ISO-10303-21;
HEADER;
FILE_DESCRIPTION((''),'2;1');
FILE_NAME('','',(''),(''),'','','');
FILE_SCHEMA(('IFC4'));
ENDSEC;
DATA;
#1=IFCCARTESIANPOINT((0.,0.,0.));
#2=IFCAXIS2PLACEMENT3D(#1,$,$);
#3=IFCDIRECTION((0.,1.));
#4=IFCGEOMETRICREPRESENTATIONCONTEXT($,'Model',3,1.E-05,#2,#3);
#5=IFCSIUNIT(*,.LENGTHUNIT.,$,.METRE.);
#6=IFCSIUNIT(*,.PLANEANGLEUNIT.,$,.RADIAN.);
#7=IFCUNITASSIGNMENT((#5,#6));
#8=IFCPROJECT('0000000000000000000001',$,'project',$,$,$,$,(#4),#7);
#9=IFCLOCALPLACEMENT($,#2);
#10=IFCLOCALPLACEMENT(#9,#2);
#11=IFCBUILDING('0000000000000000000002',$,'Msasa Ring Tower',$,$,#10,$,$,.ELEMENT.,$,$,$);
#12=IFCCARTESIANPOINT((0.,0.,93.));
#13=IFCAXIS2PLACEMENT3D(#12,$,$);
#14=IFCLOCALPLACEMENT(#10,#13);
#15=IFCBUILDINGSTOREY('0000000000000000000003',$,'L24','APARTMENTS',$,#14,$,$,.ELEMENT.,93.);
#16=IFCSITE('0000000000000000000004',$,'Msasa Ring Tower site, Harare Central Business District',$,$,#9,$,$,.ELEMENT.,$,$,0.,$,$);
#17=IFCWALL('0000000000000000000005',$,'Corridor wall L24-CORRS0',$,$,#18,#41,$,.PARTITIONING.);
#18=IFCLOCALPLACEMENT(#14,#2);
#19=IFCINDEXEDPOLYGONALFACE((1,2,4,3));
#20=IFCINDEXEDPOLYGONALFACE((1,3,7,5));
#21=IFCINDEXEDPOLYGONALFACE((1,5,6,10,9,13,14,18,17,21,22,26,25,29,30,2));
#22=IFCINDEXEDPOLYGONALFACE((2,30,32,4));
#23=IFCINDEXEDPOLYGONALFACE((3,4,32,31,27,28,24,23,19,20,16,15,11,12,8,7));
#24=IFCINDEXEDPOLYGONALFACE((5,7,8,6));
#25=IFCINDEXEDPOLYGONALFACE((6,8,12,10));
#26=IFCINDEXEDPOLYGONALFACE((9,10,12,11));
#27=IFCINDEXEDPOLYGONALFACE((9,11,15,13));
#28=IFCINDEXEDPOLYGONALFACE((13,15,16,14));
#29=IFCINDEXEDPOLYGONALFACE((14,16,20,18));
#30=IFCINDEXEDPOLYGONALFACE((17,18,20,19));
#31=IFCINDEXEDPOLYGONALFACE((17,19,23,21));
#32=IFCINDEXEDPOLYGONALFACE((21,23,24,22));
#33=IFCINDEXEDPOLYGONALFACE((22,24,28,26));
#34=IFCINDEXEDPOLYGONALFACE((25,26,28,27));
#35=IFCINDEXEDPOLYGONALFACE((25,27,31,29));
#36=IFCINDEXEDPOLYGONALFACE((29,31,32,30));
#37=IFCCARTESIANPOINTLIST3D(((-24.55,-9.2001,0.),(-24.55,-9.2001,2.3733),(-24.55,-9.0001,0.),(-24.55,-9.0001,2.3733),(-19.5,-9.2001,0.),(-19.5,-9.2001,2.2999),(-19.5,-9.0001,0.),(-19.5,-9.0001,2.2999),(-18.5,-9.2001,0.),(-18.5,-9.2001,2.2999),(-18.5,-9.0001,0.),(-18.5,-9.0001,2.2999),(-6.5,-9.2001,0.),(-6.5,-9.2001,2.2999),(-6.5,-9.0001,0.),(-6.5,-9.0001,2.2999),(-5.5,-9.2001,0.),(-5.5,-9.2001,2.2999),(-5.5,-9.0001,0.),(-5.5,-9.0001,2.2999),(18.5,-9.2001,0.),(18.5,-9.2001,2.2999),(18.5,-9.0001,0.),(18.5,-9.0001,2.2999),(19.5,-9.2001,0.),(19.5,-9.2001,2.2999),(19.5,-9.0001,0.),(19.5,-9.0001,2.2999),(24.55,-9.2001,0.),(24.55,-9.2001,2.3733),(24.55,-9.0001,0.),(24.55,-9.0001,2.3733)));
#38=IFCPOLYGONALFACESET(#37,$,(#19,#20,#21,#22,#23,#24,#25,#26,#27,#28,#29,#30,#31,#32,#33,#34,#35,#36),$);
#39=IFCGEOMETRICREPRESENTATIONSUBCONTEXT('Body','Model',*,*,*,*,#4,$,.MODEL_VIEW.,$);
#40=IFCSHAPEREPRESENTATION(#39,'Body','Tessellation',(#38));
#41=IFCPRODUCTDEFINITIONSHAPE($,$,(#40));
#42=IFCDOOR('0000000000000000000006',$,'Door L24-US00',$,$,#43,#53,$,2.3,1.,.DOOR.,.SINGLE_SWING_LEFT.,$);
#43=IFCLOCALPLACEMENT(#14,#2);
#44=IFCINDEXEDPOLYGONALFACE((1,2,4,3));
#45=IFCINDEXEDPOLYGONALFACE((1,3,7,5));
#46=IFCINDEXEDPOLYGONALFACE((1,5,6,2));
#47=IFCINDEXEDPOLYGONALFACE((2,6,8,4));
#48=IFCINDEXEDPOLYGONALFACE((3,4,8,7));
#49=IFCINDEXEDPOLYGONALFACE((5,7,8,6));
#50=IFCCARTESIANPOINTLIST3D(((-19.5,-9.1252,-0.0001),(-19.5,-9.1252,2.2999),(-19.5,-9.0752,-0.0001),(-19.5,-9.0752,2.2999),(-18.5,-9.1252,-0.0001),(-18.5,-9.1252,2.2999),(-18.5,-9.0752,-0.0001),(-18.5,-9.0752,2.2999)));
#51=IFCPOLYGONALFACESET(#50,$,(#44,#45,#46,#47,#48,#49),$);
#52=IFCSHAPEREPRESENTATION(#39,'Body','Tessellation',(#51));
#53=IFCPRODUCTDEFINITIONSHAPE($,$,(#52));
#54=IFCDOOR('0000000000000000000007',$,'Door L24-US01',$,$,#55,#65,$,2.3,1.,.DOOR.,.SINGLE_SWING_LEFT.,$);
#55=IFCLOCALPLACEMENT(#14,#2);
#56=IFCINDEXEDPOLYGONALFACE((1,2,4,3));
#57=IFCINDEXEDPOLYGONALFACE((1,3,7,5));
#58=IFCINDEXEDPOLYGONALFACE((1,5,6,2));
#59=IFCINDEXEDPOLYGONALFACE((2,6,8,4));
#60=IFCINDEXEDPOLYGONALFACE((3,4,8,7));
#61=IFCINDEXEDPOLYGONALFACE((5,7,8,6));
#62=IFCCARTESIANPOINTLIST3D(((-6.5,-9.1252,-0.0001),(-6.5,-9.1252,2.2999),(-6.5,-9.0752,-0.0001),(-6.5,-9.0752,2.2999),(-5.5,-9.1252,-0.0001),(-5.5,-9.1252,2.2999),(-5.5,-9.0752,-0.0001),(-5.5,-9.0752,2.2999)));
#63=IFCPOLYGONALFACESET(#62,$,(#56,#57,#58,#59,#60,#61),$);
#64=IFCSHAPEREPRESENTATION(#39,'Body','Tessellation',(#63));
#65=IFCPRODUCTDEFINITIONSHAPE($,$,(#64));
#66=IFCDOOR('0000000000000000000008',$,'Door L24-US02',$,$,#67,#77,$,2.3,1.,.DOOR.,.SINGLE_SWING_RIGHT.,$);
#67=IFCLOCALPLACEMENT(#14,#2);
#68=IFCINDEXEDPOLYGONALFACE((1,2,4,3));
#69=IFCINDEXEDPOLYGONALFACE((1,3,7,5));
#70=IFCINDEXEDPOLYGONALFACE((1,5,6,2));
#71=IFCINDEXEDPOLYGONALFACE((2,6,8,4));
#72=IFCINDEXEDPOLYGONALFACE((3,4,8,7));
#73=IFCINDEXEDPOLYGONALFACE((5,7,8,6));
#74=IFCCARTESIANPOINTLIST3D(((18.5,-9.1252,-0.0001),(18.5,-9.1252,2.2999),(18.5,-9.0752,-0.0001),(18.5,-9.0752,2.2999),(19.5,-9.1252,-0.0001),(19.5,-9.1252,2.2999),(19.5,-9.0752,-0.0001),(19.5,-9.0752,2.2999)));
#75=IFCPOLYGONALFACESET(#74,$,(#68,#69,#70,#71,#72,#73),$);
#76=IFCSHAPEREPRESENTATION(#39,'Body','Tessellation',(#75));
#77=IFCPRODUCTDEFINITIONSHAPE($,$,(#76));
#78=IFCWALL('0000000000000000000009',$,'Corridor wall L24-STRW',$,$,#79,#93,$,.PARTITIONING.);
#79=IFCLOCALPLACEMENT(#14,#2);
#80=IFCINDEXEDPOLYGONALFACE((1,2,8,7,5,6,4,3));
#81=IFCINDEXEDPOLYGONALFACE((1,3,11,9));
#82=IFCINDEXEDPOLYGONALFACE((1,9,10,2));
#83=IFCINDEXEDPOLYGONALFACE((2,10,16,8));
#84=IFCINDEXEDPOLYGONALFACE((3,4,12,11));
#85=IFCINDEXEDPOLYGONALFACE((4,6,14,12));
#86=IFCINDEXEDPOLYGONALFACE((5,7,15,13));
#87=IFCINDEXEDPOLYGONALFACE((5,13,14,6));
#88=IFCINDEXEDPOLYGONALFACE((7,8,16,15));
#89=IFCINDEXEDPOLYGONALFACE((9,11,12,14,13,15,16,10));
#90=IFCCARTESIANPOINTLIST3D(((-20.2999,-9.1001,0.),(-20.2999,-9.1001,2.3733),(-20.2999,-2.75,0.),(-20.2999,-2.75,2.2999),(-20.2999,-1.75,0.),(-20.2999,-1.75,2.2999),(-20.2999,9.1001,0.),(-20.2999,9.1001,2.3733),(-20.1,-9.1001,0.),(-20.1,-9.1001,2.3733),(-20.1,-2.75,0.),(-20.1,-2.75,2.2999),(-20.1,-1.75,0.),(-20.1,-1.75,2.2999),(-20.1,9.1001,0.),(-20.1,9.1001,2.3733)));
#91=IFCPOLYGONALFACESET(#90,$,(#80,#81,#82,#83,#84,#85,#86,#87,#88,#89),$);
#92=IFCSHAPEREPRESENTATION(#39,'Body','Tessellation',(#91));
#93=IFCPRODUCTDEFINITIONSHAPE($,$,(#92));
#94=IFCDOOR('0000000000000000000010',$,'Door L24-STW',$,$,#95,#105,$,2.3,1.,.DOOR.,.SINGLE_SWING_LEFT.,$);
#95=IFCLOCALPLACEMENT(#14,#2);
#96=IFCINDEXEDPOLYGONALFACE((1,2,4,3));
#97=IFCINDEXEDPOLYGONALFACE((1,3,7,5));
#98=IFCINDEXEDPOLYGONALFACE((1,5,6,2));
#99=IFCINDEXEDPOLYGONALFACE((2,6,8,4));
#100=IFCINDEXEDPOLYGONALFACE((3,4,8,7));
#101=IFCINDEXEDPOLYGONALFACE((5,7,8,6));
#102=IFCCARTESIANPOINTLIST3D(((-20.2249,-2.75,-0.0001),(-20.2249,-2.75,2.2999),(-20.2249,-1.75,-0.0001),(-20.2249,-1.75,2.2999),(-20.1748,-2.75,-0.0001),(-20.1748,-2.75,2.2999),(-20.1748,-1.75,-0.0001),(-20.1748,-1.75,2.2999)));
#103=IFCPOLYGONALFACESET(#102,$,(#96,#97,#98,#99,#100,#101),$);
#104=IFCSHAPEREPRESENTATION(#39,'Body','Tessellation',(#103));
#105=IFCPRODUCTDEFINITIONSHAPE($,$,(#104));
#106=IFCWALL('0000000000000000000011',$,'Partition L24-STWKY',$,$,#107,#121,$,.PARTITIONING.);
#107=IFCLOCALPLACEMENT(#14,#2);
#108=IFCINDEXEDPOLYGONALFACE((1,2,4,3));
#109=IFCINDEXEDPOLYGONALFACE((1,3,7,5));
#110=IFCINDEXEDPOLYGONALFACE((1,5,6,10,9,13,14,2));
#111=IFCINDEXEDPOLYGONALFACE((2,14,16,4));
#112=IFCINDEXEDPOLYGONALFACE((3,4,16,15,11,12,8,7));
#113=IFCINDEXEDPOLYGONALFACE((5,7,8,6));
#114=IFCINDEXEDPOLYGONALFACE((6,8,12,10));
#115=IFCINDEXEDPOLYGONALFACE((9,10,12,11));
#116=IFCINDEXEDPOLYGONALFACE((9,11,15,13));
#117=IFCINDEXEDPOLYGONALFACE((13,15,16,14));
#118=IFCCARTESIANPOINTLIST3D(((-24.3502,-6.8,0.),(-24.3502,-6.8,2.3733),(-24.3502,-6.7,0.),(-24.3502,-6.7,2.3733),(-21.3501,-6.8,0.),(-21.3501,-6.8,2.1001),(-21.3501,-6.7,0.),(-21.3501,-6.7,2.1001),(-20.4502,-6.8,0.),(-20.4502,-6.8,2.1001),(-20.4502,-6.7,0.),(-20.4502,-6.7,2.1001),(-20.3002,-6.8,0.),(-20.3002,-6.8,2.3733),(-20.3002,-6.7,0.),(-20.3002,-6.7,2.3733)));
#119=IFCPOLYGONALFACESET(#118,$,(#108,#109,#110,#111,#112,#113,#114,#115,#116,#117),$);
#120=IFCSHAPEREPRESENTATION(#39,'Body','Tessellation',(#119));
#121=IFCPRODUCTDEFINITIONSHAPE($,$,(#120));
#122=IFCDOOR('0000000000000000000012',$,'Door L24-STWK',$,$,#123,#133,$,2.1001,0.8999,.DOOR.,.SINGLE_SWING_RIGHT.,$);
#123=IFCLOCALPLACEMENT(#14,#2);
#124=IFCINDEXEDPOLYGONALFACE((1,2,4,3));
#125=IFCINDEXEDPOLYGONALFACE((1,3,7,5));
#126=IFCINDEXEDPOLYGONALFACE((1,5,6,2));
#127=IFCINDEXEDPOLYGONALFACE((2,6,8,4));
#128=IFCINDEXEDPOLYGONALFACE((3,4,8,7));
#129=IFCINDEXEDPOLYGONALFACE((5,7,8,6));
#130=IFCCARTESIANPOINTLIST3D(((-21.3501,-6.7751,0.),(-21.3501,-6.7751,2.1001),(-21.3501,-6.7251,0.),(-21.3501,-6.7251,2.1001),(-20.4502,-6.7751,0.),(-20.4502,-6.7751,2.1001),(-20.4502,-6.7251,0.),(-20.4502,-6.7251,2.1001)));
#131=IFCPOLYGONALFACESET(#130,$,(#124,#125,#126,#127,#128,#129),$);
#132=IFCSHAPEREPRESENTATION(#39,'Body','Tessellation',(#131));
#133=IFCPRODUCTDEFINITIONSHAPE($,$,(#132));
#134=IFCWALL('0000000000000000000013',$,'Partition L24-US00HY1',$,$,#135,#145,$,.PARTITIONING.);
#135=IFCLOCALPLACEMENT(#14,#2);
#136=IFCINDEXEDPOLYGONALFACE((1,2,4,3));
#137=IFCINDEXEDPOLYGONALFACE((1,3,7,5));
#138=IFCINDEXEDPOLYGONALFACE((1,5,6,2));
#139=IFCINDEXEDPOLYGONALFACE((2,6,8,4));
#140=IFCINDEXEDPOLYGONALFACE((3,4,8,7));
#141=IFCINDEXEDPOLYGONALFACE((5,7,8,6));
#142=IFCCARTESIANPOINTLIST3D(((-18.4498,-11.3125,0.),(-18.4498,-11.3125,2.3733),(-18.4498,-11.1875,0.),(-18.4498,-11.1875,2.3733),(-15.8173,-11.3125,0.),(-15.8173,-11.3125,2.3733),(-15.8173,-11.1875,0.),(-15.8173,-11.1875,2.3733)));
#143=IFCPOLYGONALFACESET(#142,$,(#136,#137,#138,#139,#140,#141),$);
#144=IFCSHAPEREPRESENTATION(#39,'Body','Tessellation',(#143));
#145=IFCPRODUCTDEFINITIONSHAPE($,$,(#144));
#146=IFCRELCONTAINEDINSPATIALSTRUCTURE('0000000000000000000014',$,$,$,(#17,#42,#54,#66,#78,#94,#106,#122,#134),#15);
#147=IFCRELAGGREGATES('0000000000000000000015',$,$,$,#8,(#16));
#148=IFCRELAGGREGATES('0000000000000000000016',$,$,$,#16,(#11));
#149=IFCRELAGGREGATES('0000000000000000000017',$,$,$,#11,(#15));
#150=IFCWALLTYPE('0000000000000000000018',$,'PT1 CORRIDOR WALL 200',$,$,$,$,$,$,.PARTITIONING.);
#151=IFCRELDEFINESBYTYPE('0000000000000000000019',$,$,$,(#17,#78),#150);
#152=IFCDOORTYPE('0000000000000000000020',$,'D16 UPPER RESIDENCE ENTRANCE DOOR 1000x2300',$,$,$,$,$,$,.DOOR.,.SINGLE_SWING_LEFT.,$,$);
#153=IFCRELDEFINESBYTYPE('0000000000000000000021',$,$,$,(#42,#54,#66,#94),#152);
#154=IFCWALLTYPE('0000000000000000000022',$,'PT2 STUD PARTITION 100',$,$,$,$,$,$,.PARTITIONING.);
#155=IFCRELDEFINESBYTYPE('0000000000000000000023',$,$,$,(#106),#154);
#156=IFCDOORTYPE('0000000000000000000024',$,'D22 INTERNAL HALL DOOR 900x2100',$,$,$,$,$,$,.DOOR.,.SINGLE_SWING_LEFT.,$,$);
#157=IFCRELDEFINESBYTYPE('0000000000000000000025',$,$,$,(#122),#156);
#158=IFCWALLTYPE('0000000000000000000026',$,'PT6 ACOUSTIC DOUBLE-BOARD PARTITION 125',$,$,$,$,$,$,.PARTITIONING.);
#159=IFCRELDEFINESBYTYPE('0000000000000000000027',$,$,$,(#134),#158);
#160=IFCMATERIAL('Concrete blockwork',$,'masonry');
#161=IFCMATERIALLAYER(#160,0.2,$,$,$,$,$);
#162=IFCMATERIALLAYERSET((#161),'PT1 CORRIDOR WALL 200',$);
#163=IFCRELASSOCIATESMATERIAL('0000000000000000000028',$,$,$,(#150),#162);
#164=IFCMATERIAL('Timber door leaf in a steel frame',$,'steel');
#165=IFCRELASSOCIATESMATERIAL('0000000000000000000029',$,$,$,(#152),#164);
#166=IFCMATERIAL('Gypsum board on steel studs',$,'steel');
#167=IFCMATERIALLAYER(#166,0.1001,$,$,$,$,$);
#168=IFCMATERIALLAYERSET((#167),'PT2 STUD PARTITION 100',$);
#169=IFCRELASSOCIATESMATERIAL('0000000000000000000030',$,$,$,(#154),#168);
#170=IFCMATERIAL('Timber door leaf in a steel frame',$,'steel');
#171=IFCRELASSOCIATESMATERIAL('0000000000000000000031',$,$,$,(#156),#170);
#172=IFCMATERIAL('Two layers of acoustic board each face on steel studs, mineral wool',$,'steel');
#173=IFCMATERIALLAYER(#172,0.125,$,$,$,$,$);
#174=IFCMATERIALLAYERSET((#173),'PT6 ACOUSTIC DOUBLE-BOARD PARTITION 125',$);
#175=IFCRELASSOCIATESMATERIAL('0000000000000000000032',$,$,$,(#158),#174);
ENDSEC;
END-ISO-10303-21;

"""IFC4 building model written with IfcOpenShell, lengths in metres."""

from ifc_helpers import new_model, si_unit, direction, frame, frame_2d, origin, place, context, subcontext, project, spatial, rectangle, extrude, material, layer, layer_set, type_object, element, fill, save


model = new_model("IFC4")

# Units and contexts
model_context = context("Model", 3, precision=1e-05, world=origin(), true_north=direction((0.0, 1.0)))
body_context = subcontext(model_context, "Body", "Model", "MODEL_VIEW")
ifc_project = project(units=[si_unit("LENGTHUNIT", "METRE"), si_unit("PLANEANGLEUNIT", "RADIAN")], contexts=[model_context])

# Site, building, storey
site_placement = place(None, origin())
site = spatial("IfcSite", under=ifc_project, at=site_placement, Name="Msasa Ring Tower site, Harare Central Business District", CompositionType="ELEMENT", RefElevation=0.0)
building_placement = place(site_placement, origin())
building = spatial("IfcBuilding", under=site, at=building_placement, Name="Msasa Ring Tower", CompositionType="ELEMENT")
storey_placement = place(building_placement, frame((0.0, 0.0, 93.0)))
storey = spatial("IfcBuildingStorey", under=building, at=storey_placement, Name="L24", Description="APARTMENTS", CompositionType="ELEMENT", Elevation=93.0)

# Wall, openings, doors
ifc_material_1 = material(Name="Concrete blockwork", Category="masonry")
ifc_layer_1 = layer(ifc_material_1, 0.2)
ifc_layer_set_1 = layer_set([ifc_layer_1], Name="PT1 CORRIDOR WALL 200")
wall_type_1 = type_object("IfcWallType", Name="PT1 CORRIDOR WALL 200", PredefinedType="PARTITIONING", material=ifc_layer_set_1)
wall_1_placement = place(storey_placement, frame((-24.55, -9.1001, 0.0), z_axis=(0.0, 0.0, 1.0), x_axis=(1.0, 0.0, 0.0)))
wall_1 = element("IfcWall", 1, at=wall_1_placement, inside=storey, type_object=wall_type_1, Name="Corridor wall L24-CORRS0", PredefinedType="PARTITIONING", context=body_context, shape_type="SweptSolid", body=[
    extrude(rectangle(XDim=49.1001, YDim=0.2, at=frame_2d((24.55, 0.0))), origin(), (0.0, 0.0, 1.0), 2.3733),
])
opening_1_placement = place(wall_1_placement, frame((5.05, 0.0, 0.0)))
opening_1 = element("IfcOpeningElement", 2, at=opening_1_placement, cuts=wall_1, PredefinedType="OPENING", context=body_context, shape_type="SweptSolid", body=[
    extrude(rectangle(XDim=1.0, YDim=2.3, at=frame_2d((0.5, 1.1499))), frame((0.0, 0.1099, 0.0), z_axis=(0.0, -1.0, 0.0), x_axis=(1.0, 0.0, 0.0)), (0.0, 0.0, 1.0), 0.22),
])
opening_2_placement = place(wall_1_placement, frame((18.05, 0.0, 0.0)))
opening_2 = element("IfcOpeningElement", 3, at=opening_2_placement, cuts=wall_1, PredefinedType="OPENING", context=body_context, shape_type="SweptSolid", body=[
    extrude(rectangle(XDim=1.0, YDim=2.3, at=frame_2d((0.5, 1.1499))), frame((0.0, 0.1099, 0.0), z_axis=(0.0, -1.0, 0.0), x_axis=(1.0, 0.0, 0.0)), (0.0, 0.0, 1.0), 0.22),
])
opening_3_placement = place(wall_1_placement, frame((43.05, 0.0, 0.0)))
opening_3 = element("IfcOpeningElement", 4, at=opening_3_placement, cuts=wall_1, PredefinedType="OPENING", context=body_context, shape_type="SweptSolid", body=[
    extrude(rectangle(XDim=1.0, YDim=2.3, at=frame_2d((0.5, 1.1499))), frame((0.0, 0.1099, 0.0), z_axis=(0.0, -1.0, 0.0), x_axis=(1.0, 0.0, 0.0)), (0.0, 0.0, 1.0), 0.22),
])
ifc_material_2 = material(Name="Timber door leaf in a steel frame", Category="steel")
door_type_1 = type_object("IfcDoorType", Name="D16 UPPER RESIDENCE ENTRANCE DOOR 1000x2300", OperationType="SINGLE_SWING_LEFT", PredefinedType="DOOR", material=ifc_material_2)
door_1_placement = place(opening_1_placement, origin())
door_1 = element("IfcDoor", 5, at=door_1_placement, inside=storey, type_object=door_type_1, Name="Door L24-US00", OperationType="SINGLE_SWING_LEFT", OverallHeight=2.3, OverallWidth=1.0, PredefinedType="DOOR", context=body_context, shape_type="SweptSolid", body=[
    extrude(rectangle(XDim=1.0, YDim=2.3, at=frame_2d((0.5, 1.1499))), frame((0.0, 0.0249, 0.0), z_axis=(0.0, -1.0, 0.0), x_axis=(1.0, 0.0, 0.0)), (0.0, 0.0, 1.0), 0.05),
])
fill(opening_1, door_1)
door_2_placement = place(opening_2_placement, origin())
door_2 = element("IfcDoor", 6, at=door_2_placement, inside=storey, type_object=door_type_1, Name="Door L24-US01", OperationType="SINGLE_SWING_LEFT", OverallHeight=2.3, OverallWidth=1.0, PredefinedType="DOOR", context=body_context, shape_type="SweptSolid", body=[
    extrude(rectangle(XDim=1.0, YDim=2.3, at=frame_2d((0.5, 1.1499))), frame((0.0, 0.0249, 0.0), z_axis=(0.0, -1.0, 0.0), x_axis=(1.0, 0.0, 0.0)), (0.0, 0.0, 1.0), 0.05),
])
fill(opening_2, door_2)
door_3_placement = place(opening_3_placement, origin())
door_3 = element("IfcDoor", 7, at=door_3_placement, inside=storey, type_object=door_type_1, Name="Door L24-US02", OperationType="SINGLE_SWING_RIGHT", OverallHeight=2.3, OverallWidth=1.0, PredefinedType="DOOR", context=body_context, shape_type="SweptSolid", body=[
    extrude(rectangle(XDim=1.0, YDim=2.3, at=frame_2d((0.5, 1.1499))), frame((0.0, 0.0249, 0.0), z_axis=(0.0, -1.0, 0.0), x_axis=(1.0, 0.0, 0.0)), (0.0, 0.0, 1.0), 0.05),
])
fill(opening_3, door_3)

# Walls, openings, doors
wall_2_placement = place(storey_placement, frame((-20.2, -9.1001, 0.0), z_axis=(0.0, 0.0, 1.0), x_axis=(0.0, 1.0, 0.0)))
wall_2 = element("IfcWall", 8, at=wall_2_placement, inside=storey, type_object=wall_type_1, Name="Corridor wall L24-STRW", PredefinedType="PARTITIONING", context=body_context, shape_type="SweptSolid", body=[
    extrude(rectangle(XDim=18.2002, YDim=0.2, at=frame_2d((9.1001, 0.0))), origin(), (0.0, 0.0, 1.0), 2.3733),
])
opening_4_placement = place(wall_2_placement, frame((6.3501, 0.0, 0.0)))
opening_4 = element("IfcOpeningElement", 9, at=opening_4_placement, cuts=wall_2, PredefinedType="OPENING", context=body_context, shape_type="SweptSolid", body=[
    extrude(rectangle(XDim=1.0, YDim=2.3, at=frame_2d((0.5, 1.1499))), frame((0.0, 0.1099, 0.0), z_axis=(0.0, -1.0, 0.0), x_axis=(1.0, 0.0, 0.0)), (0.0, 0.0, 1.0), 0.22),
])
door_4_placement = place(opening_4_placement, origin())
door_4 = element("IfcDoor", 10, at=door_4_placement, inside=storey, type_object=door_type_1, Name="Door L24-STW", OperationType="SINGLE_SWING_LEFT", OverallHeight=2.3, OverallWidth=1.0, PredefinedType="DOOR", context=body_context, shape_type="SweptSolid", body=[
    extrude(rectangle(XDim=1.0, YDim=2.3, at=frame_2d((0.5, 1.1499))), frame((0.0, 0.0249, 0.0), z_axis=(0.0, -1.0, 0.0), x_axis=(1.0, 0.0, 0.0)), (0.0, 0.0, 1.0), 0.05),
])
fill(opening_4, door_4)
ifc_material_3 = material(Name="Gypsum board on steel studs", Category="steel")
ifc_layer_2 = layer(ifc_material_3, 0.1001)
ifc_layer_set_2 = layer_set([ifc_layer_2], Name="PT2 STUD PARTITION 100")
wall_type_2 = type_object("IfcWallType", Name="PT2 STUD PARTITION 100", PredefinedType="PARTITIONING", material=ifc_layer_set_2)
wall_3_placement = place(storey_placement, frame((-24.3501, -6.75, 0.0), z_axis=(0.0, 0.0, 1.0), x_axis=(1.0, 0.0, 0.0)))
wall_3 = element("IfcWall", 11, at=wall_3_placement, inside=storey, type_object=wall_type_2, Name="Partition L24-STWKY", PredefinedType="PARTITIONING", context=body_context, shape_type="SweptSolid", body=[
    extrude(rectangle(XDim=4.05, YDim=0.1001, at=frame_2d((2.0249, 0.0))), origin(), (0.0, 0.0, 1.0), 2.3733),
])
opening_5_placement = place(wall_3_placement, frame((3.0, 0.0, 0.0)))
opening_5 = element("IfcOpeningElement", 12, at=opening_5_placement, cuts=wall_3, PredefinedType="OPENING", context=body_context, shape_type="SweptSolid", body=[
    extrude(rectangle(XDim=0.8999, YDim=2.1001, at=frame_2d((0.45, 1.05))), frame((0.0, 0.0601, 0.0), z_axis=(0.0, -1.0, 0.0), x_axis=(1.0, 0.0, 0.0)), (0.0, 0.0, 1.0), 0.1201),
])
ifc_material_4 = material(Name="Timber door leaf in a steel frame", Category="steel")
door_type_2 = type_object("IfcDoorType", Name="D22 INTERNAL HALL DOOR 900x2100", OperationType="SINGLE_SWING_LEFT", PredefinedType="DOOR", material=ifc_material_4)
door_5_placement = place(opening_5_placement, origin())
door_5 = element("IfcDoor", 13, at=door_5_placement, inside=storey, type_object=door_type_2, Name="Door L24-STWK", OperationType="SINGLE_SWING_RIGHT", OverallHeight=2.1001, OverallWidth=0.8999, PredefinedType="DOOR", context=body_context, shape_type="SweptSolid", body=[
    extrude(rectangle(XDim=0.8999, YDim=2.1001, at=frame_2d((0.45, 1.05))), frame((0.0, 0.0249, 0.0), z_axis=(0.0, -1.0, 0.0), x_axis=(1.0, 0.0, 0.0)), (0.0, 0.0, 1.0), 0.05),
])
fill(opening_5, door_5)

# Wall
ifc_material_5 = material(Name="Two layers of acoustic board each face on steel studs, mineral wool", Category="steel")
ifc_layer_3 = layer(ifc_material_5, 0.125)
ifc_layer_set_3 = layer_set([ifc_layer_3], Name="PT6 ACOUSTIC DOUBLE-BOARD PARTITION 125")
wall_type_3 = type_object("IfcWallType", Name="PT6 ACOUSTIC DOUBLE-BOARD PARTITION 125", PredefinedType="PARTITIONING", material=ifc_layer_set_3)
wall_4_placement = place(storey_placement, frame((-18.45, -11.25, 0.0), z_axis=(0.0, 0.0, 1.0), x_axis=(1.0, 0.0, 0.0)))
element("IfcWall", 14, at=wall_4_placement, inside=storey, type_object=wall_type_3, Name="Partition L24-US00HY1", PredefinedType="PARTITIONING", context=body_context, shape_type="SweptSolid", body=[
    extrude(rectangle(XDim=2.6326, YDim=0.125, at=frame_2d((1.3164, 0.0))), origin(), (0.0, 0.0, 1.0), 2.3733),
])

save(model, "model.ifc")
